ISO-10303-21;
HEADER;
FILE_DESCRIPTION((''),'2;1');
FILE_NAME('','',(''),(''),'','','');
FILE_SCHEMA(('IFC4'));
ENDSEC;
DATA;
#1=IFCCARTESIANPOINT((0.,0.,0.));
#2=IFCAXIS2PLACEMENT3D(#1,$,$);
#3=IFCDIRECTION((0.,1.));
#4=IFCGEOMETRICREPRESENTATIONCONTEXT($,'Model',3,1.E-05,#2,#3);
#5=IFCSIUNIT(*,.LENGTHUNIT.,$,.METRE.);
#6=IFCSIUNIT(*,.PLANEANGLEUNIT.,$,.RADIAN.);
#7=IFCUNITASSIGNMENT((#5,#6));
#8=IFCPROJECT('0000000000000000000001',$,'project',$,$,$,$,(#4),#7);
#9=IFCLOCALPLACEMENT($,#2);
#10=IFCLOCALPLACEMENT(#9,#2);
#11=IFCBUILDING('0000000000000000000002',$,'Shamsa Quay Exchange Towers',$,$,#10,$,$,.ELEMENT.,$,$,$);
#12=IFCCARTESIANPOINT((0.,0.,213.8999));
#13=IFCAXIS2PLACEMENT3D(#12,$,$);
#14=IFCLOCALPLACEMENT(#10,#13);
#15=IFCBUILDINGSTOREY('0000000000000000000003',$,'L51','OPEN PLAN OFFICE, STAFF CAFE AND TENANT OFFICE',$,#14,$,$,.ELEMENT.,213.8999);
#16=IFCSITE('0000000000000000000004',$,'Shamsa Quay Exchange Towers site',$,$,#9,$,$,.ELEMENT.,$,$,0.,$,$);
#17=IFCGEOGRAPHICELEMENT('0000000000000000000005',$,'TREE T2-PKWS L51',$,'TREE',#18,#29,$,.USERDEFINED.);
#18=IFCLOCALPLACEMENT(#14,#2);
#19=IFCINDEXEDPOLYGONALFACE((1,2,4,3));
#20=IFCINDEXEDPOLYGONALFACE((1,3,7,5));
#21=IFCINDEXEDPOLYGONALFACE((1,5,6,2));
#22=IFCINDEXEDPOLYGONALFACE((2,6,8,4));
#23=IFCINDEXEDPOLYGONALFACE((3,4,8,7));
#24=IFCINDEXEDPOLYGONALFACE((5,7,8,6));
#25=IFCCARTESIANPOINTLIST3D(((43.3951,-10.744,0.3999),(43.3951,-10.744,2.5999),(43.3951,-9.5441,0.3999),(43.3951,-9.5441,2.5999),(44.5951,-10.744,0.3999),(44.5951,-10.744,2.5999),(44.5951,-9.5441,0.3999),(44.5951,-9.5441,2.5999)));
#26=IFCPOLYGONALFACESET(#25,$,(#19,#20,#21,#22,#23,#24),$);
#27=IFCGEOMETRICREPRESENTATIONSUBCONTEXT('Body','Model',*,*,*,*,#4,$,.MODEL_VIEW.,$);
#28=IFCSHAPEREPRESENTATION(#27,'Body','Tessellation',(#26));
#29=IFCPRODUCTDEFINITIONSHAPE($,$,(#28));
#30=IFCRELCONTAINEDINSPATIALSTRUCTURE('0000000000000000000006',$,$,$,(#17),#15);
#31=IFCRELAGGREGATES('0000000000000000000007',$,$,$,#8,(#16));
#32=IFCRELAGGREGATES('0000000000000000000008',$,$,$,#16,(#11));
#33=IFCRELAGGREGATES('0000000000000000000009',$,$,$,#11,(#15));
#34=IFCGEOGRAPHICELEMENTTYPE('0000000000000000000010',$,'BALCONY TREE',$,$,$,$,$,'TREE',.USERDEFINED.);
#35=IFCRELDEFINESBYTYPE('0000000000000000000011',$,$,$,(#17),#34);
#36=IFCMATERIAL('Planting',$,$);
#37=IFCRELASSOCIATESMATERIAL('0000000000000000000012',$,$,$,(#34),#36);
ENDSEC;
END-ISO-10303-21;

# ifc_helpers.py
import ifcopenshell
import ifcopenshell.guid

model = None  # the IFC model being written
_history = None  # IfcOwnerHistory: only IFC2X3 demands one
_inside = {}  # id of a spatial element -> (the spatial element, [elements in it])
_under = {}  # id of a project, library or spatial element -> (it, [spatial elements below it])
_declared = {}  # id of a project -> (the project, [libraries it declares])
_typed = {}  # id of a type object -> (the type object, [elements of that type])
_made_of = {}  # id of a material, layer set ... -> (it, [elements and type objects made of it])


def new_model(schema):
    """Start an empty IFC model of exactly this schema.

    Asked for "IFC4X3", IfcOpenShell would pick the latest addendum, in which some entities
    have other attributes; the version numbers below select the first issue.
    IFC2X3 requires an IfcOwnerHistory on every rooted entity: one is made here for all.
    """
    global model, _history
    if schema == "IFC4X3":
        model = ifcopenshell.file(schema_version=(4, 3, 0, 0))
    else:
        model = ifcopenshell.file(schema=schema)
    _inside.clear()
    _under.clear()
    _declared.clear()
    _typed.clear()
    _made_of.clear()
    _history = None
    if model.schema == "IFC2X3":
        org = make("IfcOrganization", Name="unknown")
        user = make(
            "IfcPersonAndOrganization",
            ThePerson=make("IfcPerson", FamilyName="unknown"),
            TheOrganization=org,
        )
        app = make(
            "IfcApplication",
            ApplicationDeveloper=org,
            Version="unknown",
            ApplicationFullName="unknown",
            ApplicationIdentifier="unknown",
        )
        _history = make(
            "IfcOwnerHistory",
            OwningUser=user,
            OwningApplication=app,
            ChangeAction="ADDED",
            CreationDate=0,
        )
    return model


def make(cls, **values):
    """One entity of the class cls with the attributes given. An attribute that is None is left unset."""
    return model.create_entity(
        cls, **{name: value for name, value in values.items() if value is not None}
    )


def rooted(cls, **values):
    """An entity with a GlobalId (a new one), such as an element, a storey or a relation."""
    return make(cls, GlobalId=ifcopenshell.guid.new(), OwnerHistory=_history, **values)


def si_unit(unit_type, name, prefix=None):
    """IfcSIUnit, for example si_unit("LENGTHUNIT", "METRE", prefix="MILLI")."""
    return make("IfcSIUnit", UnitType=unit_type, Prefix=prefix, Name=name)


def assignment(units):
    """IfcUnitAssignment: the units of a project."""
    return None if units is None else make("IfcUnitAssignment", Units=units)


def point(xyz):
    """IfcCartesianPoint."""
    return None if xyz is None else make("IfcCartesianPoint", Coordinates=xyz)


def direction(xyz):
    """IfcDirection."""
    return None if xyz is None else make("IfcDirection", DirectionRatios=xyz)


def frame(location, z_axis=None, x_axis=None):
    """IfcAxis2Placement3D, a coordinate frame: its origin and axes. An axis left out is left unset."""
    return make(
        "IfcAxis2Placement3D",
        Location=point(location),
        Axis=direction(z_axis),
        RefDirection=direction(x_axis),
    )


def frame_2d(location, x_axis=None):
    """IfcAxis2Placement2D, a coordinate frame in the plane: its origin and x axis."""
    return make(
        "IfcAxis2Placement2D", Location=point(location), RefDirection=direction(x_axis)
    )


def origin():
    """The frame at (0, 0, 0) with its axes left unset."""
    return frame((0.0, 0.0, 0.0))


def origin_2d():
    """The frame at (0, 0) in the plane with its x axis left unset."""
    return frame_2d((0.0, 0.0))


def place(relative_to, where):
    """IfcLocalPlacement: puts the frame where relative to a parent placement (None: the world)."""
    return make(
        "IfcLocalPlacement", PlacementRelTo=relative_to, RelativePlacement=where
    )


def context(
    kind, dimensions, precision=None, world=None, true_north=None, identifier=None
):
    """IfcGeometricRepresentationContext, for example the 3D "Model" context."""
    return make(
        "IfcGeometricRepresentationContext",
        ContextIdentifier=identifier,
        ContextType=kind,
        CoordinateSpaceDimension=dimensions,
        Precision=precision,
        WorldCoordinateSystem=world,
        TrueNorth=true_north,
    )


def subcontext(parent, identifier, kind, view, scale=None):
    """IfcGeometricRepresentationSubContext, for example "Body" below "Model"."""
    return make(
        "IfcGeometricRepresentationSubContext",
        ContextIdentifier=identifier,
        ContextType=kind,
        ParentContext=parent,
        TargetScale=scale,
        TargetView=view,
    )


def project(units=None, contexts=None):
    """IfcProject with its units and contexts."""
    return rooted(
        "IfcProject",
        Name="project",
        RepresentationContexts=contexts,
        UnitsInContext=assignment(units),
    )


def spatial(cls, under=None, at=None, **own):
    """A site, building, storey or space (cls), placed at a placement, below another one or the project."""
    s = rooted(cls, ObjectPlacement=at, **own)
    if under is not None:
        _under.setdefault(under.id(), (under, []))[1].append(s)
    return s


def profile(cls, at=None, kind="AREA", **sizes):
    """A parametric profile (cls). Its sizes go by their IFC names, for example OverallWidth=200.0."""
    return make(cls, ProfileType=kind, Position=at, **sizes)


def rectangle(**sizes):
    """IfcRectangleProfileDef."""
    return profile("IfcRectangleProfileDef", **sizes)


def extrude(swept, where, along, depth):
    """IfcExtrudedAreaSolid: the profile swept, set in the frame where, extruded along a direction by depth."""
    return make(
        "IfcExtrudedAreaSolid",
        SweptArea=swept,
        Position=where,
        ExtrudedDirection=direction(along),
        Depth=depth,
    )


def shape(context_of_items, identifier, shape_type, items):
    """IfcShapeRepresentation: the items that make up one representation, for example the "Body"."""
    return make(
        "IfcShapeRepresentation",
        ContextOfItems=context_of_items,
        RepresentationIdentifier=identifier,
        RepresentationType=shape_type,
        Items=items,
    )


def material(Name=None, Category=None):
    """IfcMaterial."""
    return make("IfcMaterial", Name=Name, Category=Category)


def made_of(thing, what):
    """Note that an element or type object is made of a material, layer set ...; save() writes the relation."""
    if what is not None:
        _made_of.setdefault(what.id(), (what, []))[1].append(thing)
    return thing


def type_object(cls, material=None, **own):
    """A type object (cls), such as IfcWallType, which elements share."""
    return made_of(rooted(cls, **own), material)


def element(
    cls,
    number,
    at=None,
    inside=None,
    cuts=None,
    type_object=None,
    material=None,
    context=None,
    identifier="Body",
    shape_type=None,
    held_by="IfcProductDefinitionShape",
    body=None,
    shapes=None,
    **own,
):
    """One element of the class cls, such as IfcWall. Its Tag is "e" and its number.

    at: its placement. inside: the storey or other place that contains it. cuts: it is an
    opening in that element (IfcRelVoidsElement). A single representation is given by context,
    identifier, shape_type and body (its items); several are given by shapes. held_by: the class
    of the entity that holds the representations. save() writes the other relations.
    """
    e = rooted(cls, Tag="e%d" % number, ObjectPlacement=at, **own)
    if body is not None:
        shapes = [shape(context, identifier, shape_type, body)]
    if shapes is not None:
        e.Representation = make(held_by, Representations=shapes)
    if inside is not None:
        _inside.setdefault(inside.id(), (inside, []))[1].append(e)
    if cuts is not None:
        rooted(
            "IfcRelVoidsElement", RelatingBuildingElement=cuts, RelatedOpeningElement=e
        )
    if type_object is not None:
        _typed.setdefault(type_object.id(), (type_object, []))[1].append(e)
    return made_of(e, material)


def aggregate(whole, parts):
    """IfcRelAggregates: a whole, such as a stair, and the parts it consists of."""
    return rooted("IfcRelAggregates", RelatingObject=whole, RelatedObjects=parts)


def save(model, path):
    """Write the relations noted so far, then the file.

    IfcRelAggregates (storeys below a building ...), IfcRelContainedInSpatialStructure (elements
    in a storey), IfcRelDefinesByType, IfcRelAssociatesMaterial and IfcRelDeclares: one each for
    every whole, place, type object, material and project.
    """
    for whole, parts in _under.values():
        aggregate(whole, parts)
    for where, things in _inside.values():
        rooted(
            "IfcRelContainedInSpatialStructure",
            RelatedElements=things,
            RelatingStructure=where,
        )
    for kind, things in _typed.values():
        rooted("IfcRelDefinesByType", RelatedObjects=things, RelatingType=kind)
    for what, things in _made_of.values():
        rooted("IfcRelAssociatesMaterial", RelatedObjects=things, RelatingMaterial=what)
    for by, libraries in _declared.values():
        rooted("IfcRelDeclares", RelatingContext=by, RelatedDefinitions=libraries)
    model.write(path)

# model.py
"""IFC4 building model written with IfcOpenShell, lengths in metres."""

from ifc_helpers import new_model, si_unit, direction, frame, origin, origin_2d, place, context, subcontext, project, spatial, rectangle, extrude, material, type_object, element, save


model = new_model("IFC4")

# Units and contexts
model_context = context("Model", 3, precision=1e-05, world=origin(), true_north=direction((0.0, 1.0)))
body_context = subcontext(model_context, "Body", "Model", "MODEL_VIEW")
ifc_project = project(units=[si_unit("LENGTHUNIT", "METRE"), si_unit("PLANEANGLEUNIT", "RADIAN")], contexts=[model_context])

# Site, building, storey
site_placement = place(None, origin())
site = spatial("IfcSite", under=ifc_project, at=site_placement, Name="Shamsa Quay Exchange Towers site", CompositionType="ELEMENT", RefElevation=0.0)
building_placement = place(site_placement, origin())
building = spatial("IfcBuilding", under=site, at=building_placement, Name="Shamsa Quay Exchange Towers", CompositionType="ELEMENT")
storey_placement = place(building_placement, frame((0.0, 0.0, 213.8999)))
storey = spatial("IfcBuildingStorey", under=building, at=storey_placement, Name="L51", Description="OPEN PLAN OFFICE, STAFF CAFE AND TENANT OFFICE", CompositionType="ELEMENT", Elevation=213.8999)

# Geographic element
ifc_material_1 = material(Name="Planting")
geographic_element_type = type_object("IfcGeographicElementType", Name="BALCONY TREE", ElementType="TREE", PredefinedType="USERDEFINED", material=ifc_material_1)
geographic_element_placement = place(storey_placement, frame((43.9951, -10.144, 0.3999), z_axis=(0.0, 0.0, 1.0), x_axis=(0.0, 1.0, 0.0)))
element("IfcGeographicElement", 1, at=geographic_element_placement, inside=storey, type_object=geographic_element_type, Name="TREE T2-PKWS L51", ObjectType="TREE", PredefinedType="USERDEFINED", context=body_context, shape_type="SweptSolid", body=[
    extrude(rectangle(XDim=1.2, YDim=1.2, at=origin_2d()), origin(), (0.0, 0.0, 1.0), 2.2),
])

save(model, "model.ifc")
